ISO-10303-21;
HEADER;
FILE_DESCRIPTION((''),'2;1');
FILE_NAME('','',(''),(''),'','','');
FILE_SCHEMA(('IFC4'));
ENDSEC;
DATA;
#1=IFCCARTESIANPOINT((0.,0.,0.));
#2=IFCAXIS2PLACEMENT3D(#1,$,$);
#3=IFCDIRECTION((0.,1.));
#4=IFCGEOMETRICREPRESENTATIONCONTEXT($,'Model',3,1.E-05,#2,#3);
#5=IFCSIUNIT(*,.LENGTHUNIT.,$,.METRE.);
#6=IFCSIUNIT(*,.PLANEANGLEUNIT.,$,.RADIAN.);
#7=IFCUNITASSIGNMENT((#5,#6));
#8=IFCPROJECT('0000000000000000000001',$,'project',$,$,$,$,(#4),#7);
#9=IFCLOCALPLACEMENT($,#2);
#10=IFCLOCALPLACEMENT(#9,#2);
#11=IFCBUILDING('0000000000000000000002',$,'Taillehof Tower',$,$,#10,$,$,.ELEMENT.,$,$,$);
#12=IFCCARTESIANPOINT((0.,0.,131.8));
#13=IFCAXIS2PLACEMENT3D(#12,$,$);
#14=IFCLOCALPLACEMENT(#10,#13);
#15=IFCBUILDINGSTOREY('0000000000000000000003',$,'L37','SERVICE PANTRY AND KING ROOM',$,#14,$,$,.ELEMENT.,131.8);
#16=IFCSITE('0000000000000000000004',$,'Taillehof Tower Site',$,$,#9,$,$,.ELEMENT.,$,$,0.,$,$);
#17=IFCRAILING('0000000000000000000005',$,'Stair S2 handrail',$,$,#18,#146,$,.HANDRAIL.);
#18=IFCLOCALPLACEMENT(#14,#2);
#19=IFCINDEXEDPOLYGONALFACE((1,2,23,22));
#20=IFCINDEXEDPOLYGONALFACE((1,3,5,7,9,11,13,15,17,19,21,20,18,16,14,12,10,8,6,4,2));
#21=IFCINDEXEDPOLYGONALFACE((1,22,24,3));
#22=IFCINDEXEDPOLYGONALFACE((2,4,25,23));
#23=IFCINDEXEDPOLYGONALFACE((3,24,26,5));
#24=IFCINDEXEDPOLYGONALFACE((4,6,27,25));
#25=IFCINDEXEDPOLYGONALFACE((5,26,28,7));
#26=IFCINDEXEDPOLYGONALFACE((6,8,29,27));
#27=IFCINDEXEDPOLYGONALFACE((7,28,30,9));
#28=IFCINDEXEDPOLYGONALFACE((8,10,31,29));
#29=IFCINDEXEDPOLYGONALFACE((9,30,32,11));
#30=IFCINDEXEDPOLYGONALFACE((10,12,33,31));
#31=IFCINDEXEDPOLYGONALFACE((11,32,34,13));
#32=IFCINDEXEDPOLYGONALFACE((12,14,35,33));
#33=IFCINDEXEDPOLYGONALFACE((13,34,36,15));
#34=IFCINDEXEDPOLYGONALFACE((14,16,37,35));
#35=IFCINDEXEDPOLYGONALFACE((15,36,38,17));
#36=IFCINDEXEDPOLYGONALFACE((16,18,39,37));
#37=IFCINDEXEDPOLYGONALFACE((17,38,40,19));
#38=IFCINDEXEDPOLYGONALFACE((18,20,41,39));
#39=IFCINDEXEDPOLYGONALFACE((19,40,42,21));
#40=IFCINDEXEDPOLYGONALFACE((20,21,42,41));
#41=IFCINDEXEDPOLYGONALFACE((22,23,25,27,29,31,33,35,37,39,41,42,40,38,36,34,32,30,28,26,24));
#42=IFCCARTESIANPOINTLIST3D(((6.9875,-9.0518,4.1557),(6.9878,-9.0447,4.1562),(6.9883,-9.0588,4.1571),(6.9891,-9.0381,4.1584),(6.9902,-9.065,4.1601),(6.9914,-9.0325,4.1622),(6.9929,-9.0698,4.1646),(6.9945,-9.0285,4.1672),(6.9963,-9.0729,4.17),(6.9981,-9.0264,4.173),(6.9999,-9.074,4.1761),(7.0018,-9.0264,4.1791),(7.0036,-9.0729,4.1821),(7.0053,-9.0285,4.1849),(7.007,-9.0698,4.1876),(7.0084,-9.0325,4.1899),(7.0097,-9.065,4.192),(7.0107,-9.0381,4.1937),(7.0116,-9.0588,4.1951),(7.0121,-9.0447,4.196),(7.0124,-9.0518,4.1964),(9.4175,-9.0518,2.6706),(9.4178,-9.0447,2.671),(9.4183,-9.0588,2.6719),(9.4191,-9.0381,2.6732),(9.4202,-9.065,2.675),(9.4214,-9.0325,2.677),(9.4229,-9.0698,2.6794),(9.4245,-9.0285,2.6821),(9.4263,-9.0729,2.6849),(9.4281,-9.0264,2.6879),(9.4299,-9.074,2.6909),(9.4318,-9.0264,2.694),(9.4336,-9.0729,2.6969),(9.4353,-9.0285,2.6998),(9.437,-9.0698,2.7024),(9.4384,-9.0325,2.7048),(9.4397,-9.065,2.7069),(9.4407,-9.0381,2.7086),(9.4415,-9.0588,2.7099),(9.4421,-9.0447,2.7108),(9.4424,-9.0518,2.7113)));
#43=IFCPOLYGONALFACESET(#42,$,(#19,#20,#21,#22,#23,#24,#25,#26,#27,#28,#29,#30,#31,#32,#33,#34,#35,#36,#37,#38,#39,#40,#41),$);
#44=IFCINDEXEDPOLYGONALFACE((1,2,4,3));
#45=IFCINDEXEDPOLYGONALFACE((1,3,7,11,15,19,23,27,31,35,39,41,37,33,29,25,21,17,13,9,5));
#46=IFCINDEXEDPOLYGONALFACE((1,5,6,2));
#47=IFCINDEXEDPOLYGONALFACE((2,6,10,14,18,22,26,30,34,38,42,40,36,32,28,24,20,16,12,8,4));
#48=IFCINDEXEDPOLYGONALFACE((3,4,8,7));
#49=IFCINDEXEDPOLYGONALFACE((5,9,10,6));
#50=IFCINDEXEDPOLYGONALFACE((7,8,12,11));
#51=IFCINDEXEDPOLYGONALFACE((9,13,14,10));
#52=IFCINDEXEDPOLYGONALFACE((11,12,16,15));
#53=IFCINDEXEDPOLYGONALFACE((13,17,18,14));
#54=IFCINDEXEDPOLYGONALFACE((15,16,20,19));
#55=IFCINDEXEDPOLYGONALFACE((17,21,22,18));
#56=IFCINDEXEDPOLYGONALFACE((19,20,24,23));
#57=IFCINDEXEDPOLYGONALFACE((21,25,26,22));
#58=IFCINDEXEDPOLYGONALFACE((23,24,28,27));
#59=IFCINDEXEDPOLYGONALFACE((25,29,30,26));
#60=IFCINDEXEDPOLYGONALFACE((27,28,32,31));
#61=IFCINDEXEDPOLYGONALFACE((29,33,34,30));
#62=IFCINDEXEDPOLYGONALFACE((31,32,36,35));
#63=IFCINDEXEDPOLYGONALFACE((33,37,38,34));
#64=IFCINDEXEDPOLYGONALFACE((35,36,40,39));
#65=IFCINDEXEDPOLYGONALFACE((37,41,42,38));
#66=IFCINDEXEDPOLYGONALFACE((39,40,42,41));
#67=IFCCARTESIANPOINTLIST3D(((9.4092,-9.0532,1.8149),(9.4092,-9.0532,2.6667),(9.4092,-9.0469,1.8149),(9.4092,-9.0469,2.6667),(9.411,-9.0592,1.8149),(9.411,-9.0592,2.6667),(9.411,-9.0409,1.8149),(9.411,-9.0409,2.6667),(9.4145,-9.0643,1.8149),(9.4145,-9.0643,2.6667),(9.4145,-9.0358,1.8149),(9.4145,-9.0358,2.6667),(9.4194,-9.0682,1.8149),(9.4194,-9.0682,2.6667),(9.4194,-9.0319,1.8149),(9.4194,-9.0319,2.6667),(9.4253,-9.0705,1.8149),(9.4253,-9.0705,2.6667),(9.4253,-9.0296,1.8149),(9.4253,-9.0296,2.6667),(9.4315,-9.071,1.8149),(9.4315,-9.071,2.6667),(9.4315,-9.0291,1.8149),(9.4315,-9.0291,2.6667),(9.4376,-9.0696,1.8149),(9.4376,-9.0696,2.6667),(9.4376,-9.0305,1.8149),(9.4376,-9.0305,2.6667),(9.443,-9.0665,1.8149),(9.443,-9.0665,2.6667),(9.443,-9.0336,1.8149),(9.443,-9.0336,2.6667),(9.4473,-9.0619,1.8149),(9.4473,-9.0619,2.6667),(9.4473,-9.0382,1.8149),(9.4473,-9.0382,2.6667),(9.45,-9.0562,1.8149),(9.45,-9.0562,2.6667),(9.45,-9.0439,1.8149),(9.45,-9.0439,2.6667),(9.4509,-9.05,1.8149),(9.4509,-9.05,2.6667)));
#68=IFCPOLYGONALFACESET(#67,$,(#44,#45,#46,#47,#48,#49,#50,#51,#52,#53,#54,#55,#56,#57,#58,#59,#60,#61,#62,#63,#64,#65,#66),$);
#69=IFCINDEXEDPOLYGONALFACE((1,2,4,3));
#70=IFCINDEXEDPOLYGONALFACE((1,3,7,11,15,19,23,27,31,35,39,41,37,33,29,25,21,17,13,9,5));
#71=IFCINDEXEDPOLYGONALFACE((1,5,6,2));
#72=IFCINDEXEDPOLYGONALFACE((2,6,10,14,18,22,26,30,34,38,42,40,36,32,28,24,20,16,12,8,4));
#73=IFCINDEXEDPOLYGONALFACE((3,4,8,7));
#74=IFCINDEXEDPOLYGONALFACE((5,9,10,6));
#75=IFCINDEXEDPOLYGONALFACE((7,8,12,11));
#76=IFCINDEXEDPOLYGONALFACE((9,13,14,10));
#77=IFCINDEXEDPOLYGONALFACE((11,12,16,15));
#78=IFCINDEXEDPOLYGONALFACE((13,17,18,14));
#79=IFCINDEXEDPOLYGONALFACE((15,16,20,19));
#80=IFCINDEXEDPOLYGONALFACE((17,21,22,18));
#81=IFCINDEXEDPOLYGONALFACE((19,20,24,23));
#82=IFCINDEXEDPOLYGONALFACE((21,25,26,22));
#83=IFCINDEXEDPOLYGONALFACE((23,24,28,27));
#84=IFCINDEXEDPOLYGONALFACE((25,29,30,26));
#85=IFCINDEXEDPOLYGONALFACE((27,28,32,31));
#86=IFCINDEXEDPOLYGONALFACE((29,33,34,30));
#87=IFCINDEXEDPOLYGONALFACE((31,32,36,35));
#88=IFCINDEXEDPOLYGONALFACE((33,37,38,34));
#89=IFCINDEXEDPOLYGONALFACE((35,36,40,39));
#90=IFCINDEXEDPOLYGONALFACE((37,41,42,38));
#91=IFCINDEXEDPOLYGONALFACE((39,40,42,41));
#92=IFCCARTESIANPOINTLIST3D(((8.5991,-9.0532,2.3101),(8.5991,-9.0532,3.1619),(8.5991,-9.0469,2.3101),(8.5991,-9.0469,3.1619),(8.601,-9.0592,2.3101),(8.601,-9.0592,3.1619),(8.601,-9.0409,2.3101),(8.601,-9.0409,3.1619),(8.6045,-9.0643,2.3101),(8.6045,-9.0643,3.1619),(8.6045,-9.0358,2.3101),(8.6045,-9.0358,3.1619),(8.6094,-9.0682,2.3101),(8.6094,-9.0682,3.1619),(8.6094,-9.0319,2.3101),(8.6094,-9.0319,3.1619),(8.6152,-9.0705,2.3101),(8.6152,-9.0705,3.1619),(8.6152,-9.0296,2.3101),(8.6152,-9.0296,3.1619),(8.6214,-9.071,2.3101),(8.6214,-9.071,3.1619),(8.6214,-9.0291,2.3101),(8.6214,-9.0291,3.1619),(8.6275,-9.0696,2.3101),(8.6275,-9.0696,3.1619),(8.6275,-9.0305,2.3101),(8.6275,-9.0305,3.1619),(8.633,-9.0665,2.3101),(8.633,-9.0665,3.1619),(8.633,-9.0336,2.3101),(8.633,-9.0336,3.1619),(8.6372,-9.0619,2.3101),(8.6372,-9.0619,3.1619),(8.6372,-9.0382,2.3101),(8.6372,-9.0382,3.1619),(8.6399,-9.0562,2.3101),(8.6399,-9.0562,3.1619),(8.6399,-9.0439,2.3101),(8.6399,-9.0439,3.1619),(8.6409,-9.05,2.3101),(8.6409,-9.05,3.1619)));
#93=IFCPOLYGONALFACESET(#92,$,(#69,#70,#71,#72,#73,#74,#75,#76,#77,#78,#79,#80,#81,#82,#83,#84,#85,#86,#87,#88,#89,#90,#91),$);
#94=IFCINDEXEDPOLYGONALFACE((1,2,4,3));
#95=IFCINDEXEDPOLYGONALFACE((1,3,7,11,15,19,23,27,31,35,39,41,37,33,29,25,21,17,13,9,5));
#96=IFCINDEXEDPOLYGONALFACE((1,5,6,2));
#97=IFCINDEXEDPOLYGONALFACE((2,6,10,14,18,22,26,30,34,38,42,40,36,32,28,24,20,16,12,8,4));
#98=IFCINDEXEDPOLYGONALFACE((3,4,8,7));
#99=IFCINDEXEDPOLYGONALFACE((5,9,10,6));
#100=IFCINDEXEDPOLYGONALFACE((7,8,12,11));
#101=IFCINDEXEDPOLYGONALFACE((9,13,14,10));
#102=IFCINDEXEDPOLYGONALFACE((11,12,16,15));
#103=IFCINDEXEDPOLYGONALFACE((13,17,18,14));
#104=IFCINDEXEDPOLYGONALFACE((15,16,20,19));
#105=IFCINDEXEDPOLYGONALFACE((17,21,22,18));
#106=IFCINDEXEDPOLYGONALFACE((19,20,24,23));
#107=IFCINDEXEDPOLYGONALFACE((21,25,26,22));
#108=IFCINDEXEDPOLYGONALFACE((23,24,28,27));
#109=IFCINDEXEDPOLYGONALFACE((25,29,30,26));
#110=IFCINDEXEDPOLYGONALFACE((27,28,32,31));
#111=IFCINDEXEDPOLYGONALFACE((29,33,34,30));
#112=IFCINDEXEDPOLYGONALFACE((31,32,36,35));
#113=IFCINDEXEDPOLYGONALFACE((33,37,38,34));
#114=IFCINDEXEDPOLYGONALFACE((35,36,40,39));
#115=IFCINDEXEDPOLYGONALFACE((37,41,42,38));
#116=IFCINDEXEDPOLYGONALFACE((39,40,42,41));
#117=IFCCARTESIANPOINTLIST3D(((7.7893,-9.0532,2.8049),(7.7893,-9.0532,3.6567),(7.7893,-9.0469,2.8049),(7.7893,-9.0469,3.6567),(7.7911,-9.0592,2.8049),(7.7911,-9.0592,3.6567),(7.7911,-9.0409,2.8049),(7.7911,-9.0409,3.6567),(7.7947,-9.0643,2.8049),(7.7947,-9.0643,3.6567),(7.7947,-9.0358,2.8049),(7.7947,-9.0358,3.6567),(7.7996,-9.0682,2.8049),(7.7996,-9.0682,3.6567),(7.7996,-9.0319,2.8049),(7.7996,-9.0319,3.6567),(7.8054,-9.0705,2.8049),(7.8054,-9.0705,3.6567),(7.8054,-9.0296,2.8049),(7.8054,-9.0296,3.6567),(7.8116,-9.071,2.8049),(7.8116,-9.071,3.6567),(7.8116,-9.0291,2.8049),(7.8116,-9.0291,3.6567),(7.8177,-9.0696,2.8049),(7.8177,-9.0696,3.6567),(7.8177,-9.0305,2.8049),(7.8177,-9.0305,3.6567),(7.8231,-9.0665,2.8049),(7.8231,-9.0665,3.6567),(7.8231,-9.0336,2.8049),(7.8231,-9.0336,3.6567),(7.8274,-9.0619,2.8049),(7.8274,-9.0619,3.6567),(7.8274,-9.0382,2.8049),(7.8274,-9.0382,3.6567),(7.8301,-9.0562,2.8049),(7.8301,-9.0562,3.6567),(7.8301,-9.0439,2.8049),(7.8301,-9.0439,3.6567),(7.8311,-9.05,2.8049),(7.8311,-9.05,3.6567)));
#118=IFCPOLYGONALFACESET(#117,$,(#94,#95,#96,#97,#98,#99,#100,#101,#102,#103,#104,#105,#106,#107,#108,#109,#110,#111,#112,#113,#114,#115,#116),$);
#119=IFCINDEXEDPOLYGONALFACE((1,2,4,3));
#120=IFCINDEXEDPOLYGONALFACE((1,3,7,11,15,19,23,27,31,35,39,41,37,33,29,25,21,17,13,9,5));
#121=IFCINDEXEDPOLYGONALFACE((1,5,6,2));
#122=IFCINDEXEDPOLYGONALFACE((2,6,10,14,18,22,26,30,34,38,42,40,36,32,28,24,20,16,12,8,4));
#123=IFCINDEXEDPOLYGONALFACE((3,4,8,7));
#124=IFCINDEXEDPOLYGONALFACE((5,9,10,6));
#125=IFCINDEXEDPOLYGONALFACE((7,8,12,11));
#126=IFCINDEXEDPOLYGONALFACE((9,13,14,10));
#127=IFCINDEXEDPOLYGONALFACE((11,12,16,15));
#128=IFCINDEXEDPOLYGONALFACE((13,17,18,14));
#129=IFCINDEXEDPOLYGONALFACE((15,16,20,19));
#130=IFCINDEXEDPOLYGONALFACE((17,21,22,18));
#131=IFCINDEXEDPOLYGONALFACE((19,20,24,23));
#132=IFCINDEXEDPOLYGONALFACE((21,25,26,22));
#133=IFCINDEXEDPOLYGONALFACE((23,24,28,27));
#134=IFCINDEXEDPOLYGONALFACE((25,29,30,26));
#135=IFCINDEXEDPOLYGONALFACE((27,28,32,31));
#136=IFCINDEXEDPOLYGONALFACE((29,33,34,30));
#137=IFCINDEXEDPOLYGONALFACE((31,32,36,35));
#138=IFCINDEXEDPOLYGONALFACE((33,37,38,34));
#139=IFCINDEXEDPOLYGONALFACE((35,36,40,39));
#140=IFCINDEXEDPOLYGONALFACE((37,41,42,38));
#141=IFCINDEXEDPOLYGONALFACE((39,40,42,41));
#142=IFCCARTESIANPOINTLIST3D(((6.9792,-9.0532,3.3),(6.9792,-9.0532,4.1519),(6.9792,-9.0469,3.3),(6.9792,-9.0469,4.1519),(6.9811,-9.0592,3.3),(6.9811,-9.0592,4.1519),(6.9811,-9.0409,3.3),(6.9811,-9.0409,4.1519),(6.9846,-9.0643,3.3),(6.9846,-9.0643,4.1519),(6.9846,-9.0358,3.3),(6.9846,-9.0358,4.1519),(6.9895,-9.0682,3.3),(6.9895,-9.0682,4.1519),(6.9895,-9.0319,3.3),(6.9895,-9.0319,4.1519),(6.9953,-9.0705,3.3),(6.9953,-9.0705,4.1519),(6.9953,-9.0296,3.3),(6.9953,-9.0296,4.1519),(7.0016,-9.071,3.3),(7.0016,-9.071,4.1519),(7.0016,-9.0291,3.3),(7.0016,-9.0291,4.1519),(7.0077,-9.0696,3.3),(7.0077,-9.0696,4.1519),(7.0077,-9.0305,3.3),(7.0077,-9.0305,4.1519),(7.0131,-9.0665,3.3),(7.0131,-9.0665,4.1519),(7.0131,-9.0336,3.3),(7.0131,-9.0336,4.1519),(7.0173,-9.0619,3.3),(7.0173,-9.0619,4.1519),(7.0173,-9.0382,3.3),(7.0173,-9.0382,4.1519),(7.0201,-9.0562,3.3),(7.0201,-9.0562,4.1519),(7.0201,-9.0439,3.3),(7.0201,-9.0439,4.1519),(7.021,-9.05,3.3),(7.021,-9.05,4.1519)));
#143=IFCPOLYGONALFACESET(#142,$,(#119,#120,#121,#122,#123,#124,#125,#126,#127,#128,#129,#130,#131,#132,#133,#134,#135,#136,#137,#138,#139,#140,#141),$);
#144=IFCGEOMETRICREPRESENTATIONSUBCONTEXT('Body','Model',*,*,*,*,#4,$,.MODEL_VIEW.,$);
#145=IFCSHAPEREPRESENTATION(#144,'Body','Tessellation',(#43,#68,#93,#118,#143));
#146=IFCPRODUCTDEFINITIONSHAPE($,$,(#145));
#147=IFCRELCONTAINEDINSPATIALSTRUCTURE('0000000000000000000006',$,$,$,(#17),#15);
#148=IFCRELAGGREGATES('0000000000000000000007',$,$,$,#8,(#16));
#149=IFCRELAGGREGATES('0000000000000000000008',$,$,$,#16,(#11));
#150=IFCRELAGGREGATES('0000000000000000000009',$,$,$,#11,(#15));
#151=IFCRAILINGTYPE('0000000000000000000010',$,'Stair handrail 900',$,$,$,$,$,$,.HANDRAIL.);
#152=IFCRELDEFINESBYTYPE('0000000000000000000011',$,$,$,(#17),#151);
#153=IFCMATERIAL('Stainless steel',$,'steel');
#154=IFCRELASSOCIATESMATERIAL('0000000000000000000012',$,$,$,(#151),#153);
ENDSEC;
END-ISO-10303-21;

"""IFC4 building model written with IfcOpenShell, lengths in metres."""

from ifc_helpers import new_model, si_unit, direction, frame, origin, origin_2d, place, context, subcontext, project, spatial, circle, extrude, material, type_object, element, save


model = new_model("IFC4")

# Units and contexts
model_context = context("Model", 3, precision=1e-05, world=origin(), true_north=direction((0.0, 1.0)))
body_context = subcontext(model_context, "Body", "Model", "MODEL_VIEW")
ifc_project = project(units=[si_unit("LENGTHUNIT", "METRE"), si_unit("PLANEANGLEUNIT", "RADIAN")], contexts=[model_context])

# Site, building, storey
site_placement = place(None, origin())
site = spatial("IfcSite", under=ifc_project, at=site_placement, Name="Taillehof Tower Site", CompositionType="ELEMENT", RefElevation=0.0)
building_placement = place(site_placement, origin())
building = spatial("IfcBuilding", under=site, at=building_placement, Name="Taillehof Tower", CompositionType="ELEMENT")
storey_placement = place(building_placement, frame((0.0, 0.0, 131.8)))
storey = spatial("IfcBuildingStorey", under=building, at=storey_placement, Name="L37", Description="SERVICE PANTRY AND KING ROOM", CompositionType="ELEMENT", Elevation=131.8)

# Railing
ifc_material_1 = material(Name="Stainless steel", Category="steel")
railing_type = type_object("IfcRailingType", Name="Stair handrail 900", PredefinedType="HANDRAIL", material=ifc_material_1)
railing_1_placement = place(storey_placement, frame((9.4299, -9.05, 1.8149)))
element("IfcRailing", 1, at=railing_1_placement, inside=storey, type_object=railing_type, Name="Stair S2 handrail", PredefinedType="HANDRAIL", context=body_context, shape_type="SweptSolid", body=[
    extrude(circle(Radius=0.0239, at=origin_2d()), frame((0.0, 0.0, 0.876), z_axis=(-0.853259, 0.0, 0.521488), x_axis=(0.0, -1.0, 0.0)), (0.0, 0.0, 1.0), 2.8479),
    extrude(circle(Radius=0.021, at=origin_2d()), origin(), (0.0, 0.0, 1.0), 0.8518),
    extrude(circle(Radius=0.021, at=origin_2d()), frame((-0.8101, 0.0, 0.4951)), (0.0, 0.0, 1.0), 0.8518),
    extrude(circle(Radius=0.021, at=origin_2d()), frame((-1.6199, 0.0, 0.99)), (0.0, 0.0, 1.0), 0.8518),
    extrude(circle(Radius=0.021, at=origin_2d()), frame((-2.4299, 0.0, 1.4851)), (0.0, 0.0, 1.0), 0.8518),
])

save(model, "model.ifc")
